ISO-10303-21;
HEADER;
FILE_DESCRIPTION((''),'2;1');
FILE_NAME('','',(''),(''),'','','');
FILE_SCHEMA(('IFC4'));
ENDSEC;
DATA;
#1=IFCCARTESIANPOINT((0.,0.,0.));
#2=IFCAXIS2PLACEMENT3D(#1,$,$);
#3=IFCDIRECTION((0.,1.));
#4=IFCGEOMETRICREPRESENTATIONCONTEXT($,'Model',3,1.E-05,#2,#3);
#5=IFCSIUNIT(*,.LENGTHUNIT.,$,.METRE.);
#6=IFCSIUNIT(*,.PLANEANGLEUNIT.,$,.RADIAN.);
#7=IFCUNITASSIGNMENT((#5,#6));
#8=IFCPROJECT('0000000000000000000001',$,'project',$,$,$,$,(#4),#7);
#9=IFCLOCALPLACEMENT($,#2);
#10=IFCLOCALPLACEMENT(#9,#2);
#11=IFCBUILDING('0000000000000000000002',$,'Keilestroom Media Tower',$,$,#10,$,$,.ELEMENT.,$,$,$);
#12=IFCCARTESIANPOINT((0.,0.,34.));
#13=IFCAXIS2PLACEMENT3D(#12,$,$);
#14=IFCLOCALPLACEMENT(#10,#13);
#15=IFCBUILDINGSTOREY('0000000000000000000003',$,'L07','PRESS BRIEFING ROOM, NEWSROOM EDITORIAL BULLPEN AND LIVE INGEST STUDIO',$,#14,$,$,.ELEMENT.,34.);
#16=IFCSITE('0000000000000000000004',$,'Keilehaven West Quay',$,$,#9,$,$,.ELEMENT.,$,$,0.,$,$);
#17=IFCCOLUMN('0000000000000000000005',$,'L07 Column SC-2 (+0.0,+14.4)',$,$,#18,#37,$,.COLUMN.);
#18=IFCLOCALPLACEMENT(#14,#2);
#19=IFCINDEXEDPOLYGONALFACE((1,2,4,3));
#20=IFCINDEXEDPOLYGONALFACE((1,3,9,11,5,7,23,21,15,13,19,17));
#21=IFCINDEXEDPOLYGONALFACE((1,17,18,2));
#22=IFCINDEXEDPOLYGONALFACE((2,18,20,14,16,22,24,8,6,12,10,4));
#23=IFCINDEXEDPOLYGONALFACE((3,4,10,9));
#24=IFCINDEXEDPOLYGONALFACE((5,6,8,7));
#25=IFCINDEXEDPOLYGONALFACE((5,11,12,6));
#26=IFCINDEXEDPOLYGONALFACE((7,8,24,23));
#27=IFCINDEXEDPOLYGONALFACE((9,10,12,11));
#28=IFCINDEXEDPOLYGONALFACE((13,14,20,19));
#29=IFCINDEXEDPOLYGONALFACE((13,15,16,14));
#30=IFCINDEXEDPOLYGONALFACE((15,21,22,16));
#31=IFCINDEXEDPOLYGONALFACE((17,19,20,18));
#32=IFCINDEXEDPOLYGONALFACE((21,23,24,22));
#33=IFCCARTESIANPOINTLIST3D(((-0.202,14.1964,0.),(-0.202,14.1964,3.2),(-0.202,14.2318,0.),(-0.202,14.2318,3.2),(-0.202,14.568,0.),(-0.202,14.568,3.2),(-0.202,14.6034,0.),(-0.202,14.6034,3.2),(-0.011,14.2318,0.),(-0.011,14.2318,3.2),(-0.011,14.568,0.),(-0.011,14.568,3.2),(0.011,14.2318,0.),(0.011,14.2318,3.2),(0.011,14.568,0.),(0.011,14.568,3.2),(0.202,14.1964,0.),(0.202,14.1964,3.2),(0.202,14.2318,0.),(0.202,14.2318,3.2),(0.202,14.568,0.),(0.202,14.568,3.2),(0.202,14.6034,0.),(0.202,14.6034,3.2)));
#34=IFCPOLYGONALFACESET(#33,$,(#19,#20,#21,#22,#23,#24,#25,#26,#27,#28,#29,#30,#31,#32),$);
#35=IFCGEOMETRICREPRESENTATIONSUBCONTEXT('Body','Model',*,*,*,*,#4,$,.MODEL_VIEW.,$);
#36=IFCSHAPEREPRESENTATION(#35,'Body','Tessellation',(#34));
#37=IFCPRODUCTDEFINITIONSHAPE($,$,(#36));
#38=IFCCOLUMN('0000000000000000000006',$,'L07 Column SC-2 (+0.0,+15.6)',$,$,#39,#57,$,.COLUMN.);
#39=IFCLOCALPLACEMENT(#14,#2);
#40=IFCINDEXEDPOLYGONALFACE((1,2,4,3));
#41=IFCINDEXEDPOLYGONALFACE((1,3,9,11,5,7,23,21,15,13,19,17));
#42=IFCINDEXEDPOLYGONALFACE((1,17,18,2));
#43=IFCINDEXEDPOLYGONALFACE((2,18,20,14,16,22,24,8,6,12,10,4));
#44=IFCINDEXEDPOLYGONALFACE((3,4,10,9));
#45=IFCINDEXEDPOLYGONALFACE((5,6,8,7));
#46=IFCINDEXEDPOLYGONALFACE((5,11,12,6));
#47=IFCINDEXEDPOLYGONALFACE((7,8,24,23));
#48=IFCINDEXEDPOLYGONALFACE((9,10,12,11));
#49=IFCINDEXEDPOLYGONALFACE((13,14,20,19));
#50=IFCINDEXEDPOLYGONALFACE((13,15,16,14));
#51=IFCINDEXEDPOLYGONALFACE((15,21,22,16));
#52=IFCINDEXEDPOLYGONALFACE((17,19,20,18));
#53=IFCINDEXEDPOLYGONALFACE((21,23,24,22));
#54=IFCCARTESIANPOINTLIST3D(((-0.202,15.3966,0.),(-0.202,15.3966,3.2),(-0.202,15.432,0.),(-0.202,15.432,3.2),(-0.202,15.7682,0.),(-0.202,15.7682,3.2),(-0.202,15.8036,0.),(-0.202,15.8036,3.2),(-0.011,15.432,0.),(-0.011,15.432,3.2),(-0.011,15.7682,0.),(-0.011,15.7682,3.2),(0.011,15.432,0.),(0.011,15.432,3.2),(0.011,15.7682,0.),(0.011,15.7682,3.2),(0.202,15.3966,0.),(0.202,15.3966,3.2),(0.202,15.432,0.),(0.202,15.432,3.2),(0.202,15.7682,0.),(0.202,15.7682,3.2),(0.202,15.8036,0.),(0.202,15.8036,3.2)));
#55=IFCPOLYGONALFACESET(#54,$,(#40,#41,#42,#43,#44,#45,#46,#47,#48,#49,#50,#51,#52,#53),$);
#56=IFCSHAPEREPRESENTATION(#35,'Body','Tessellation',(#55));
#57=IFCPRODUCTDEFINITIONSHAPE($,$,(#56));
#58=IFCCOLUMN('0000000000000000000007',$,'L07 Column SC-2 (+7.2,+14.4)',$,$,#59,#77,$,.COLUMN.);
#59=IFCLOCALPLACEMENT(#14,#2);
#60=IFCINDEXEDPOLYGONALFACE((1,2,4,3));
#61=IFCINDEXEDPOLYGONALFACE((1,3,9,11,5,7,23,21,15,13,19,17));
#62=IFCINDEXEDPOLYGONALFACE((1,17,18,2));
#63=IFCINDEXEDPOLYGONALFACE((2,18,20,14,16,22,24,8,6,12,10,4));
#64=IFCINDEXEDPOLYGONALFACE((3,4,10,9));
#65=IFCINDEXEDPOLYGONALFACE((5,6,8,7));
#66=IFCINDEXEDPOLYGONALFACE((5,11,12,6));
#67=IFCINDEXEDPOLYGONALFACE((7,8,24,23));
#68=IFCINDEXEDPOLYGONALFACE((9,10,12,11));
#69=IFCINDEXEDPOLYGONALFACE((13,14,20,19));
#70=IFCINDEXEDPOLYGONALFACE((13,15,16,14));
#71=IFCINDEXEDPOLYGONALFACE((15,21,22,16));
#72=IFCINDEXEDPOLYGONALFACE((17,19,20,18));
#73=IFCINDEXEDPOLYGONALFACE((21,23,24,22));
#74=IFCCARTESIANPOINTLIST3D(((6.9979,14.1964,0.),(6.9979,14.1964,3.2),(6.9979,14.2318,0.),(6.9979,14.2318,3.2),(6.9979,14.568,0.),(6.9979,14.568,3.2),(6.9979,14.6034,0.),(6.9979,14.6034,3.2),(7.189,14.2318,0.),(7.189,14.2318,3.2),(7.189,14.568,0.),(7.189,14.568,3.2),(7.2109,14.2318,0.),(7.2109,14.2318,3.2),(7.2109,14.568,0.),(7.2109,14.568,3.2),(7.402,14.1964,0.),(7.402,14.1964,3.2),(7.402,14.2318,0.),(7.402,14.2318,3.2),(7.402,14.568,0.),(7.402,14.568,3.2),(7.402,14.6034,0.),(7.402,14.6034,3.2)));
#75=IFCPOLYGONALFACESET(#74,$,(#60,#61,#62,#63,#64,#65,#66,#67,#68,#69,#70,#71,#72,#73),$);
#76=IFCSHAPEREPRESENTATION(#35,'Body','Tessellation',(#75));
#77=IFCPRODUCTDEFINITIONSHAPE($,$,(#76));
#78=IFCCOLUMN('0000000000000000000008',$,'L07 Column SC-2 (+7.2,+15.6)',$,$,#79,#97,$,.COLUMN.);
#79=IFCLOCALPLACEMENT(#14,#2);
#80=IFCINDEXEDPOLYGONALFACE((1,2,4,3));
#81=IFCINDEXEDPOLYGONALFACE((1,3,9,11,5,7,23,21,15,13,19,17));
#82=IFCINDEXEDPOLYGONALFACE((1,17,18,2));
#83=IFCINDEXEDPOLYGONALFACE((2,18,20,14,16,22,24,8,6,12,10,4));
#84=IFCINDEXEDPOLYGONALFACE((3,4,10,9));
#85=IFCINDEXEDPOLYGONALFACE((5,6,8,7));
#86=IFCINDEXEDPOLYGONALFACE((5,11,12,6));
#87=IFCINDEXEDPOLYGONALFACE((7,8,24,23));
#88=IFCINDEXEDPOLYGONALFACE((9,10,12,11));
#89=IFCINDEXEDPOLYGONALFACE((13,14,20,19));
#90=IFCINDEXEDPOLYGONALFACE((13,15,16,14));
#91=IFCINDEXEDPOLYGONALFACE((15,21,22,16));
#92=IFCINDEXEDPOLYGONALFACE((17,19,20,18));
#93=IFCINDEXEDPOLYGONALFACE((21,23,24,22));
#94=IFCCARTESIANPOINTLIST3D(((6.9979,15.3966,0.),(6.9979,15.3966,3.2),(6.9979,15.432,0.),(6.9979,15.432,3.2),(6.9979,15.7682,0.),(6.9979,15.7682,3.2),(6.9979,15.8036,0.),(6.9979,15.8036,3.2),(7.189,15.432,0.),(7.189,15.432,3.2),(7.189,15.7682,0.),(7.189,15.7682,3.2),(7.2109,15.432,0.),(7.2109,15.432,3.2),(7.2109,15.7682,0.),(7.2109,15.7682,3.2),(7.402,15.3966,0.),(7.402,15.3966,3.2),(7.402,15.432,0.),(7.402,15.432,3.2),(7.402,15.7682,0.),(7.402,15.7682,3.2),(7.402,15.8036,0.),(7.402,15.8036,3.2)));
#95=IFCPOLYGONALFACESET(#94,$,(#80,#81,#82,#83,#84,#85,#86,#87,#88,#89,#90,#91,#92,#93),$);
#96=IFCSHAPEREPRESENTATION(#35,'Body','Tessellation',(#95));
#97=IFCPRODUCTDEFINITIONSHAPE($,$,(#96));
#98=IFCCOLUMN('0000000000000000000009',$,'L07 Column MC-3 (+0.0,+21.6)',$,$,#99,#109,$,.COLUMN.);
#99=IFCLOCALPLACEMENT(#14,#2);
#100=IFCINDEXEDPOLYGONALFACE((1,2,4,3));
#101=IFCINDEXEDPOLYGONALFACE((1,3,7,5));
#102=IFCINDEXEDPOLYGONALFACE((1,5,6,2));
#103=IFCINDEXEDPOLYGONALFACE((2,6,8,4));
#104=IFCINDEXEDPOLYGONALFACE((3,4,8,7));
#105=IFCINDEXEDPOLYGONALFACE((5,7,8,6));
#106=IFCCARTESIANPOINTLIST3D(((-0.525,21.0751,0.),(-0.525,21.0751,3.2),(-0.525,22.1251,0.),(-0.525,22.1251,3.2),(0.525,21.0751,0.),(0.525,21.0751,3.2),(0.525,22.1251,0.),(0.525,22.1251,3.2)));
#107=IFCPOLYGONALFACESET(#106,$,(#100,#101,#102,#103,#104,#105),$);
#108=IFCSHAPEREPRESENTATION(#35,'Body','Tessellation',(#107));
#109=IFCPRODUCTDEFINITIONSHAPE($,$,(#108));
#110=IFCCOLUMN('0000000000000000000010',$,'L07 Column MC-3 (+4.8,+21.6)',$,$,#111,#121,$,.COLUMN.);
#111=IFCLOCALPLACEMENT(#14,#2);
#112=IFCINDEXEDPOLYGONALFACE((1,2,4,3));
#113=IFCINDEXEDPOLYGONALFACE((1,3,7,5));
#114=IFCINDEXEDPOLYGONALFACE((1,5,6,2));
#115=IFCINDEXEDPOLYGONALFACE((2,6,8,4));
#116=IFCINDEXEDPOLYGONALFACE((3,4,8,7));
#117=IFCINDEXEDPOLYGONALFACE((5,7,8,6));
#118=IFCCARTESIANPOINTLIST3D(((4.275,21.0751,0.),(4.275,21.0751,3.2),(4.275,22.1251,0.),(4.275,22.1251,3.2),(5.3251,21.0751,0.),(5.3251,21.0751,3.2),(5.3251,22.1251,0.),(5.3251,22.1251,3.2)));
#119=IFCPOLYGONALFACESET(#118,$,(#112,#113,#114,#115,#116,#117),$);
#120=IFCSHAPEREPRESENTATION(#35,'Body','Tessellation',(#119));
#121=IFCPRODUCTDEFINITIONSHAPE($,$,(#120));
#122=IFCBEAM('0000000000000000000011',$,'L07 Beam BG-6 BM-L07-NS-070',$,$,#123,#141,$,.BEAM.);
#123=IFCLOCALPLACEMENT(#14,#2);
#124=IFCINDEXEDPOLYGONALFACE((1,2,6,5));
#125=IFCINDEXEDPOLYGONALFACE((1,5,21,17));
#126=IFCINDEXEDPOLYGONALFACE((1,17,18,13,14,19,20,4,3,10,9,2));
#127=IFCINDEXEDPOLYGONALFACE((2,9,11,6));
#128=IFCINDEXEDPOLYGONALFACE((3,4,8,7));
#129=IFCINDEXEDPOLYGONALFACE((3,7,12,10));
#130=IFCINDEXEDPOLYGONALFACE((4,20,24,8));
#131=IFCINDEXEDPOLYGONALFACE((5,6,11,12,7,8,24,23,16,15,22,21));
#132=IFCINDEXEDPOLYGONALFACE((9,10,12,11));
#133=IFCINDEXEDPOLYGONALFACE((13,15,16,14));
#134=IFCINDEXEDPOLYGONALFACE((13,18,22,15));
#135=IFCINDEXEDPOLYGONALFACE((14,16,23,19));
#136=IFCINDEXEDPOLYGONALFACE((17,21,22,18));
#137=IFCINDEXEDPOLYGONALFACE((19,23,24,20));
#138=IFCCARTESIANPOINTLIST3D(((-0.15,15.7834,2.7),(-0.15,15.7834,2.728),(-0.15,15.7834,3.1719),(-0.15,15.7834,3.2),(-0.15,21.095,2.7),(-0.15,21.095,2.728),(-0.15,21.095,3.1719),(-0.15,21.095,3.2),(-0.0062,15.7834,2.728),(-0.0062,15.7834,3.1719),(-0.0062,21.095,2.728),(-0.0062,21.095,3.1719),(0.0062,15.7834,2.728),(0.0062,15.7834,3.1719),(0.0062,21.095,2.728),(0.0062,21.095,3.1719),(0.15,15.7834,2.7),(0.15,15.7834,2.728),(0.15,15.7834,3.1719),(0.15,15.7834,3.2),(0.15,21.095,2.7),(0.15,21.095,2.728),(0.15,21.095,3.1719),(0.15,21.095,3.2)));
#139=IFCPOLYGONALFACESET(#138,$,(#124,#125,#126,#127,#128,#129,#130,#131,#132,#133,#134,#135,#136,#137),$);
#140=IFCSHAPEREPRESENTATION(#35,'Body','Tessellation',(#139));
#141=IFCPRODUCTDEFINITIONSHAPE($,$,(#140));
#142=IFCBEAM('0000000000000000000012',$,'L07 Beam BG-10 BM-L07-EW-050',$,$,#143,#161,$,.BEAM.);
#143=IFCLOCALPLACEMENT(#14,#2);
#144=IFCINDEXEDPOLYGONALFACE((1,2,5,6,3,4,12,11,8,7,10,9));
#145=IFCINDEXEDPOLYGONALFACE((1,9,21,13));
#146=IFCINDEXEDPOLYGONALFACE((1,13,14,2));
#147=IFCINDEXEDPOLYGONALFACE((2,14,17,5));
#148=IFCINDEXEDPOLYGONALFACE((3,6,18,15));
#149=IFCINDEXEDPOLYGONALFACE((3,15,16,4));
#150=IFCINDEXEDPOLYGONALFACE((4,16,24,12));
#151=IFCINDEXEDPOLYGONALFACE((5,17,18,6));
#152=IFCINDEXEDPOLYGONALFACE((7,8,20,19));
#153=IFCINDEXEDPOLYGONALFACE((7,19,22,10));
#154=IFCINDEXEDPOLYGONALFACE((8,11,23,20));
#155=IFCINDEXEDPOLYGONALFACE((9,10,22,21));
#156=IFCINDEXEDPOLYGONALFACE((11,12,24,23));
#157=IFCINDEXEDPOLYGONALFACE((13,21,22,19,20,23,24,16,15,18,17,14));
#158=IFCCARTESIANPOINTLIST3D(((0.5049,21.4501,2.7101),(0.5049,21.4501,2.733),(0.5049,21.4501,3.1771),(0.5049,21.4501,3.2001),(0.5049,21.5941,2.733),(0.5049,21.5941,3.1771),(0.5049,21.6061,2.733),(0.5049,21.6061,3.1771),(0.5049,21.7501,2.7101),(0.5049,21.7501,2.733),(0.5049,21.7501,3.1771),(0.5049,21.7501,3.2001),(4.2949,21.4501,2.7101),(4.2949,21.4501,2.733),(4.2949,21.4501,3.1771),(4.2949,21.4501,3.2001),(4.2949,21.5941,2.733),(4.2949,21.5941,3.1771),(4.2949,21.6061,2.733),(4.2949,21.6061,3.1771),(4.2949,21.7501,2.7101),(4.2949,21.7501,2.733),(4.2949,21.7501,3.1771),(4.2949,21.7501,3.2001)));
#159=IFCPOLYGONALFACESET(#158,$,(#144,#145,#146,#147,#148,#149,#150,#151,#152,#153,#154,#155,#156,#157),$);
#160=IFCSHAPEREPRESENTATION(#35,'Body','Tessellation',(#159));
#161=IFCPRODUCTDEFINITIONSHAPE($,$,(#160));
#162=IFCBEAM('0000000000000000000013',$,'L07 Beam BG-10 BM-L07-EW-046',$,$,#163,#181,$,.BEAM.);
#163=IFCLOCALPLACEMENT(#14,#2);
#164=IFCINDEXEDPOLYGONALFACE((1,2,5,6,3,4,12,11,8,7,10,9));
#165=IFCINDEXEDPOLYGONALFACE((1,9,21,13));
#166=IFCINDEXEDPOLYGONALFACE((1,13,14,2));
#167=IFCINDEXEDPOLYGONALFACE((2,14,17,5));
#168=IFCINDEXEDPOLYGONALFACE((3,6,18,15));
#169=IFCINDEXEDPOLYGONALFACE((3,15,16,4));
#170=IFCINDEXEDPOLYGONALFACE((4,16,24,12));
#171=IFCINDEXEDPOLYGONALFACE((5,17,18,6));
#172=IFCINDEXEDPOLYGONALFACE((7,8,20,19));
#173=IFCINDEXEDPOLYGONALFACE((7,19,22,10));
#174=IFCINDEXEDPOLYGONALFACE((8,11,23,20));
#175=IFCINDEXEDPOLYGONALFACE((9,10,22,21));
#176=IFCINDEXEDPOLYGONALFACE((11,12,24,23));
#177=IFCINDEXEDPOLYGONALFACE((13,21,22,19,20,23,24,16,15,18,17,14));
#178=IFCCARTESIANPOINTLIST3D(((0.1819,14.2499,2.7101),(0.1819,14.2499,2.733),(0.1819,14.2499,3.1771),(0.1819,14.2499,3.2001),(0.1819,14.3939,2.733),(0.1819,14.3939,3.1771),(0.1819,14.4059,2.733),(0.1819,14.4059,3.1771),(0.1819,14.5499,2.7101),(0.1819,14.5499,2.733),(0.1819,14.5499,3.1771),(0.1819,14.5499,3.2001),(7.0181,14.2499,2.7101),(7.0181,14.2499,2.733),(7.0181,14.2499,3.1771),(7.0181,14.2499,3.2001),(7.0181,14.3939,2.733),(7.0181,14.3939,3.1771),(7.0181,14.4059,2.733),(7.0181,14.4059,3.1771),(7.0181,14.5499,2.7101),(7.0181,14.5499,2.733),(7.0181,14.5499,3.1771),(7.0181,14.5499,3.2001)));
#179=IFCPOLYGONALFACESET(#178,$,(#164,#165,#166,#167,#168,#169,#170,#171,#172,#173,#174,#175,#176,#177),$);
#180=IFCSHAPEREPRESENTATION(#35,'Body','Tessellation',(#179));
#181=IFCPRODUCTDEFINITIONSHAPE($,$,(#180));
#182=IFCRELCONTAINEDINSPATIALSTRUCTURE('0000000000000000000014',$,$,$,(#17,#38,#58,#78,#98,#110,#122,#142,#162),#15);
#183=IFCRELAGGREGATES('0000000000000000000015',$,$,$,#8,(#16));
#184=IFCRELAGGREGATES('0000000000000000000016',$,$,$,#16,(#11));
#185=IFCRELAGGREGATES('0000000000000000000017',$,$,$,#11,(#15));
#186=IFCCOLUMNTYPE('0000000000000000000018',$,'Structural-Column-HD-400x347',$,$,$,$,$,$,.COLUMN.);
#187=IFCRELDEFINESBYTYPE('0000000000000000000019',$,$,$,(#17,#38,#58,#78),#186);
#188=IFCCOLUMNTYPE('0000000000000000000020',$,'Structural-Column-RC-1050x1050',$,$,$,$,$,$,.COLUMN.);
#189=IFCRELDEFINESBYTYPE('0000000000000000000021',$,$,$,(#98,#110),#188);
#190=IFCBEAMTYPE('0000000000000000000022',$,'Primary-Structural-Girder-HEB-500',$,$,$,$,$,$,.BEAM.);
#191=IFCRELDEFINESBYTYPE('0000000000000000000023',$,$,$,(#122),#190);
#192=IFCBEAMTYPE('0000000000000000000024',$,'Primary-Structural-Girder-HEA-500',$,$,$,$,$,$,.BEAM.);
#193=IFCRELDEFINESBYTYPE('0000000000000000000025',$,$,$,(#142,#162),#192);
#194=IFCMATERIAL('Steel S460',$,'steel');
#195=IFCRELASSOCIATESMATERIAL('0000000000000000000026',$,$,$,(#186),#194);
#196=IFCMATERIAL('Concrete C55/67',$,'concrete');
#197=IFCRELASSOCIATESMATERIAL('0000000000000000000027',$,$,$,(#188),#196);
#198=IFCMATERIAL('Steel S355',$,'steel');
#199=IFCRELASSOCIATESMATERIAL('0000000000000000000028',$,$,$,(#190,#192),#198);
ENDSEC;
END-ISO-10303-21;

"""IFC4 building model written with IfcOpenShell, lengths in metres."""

from ifc_helpers import new_model, si_unit, direction, frame, origin, origin_2d, place, context, subcontext, project, spatial, rectangle, i_section, extrude, source, transform, mapped, material, material_profile, profile_set, type_object, element, save


model = new_model("IFC4")

# Units and contexts
model_context = context("Model", 3, precision=1e-05, world=origin(), true_north=direction((0.0, 1.0)))
body_context = subcontext(model_context, "Body", "Model", "MODEL_VIEW")
ifc_project = project(units=[si_unit("LENGTHUNIT", "METRE"), si_unit("PLANEANGLEUNIT", "RADIAN")], contexts=[model_context])

# Site, building, storey
site_placement = place(None, origin())
site = spatial("IfcSite", under=ifc_project, at=site_placement, Name="Keilehaven West Quay", CompositionType="ELEMENT", RefElevation=0.0)
building_placement = place(site_placement, origin())
building = spatial("IfcBuilding", under=site, at=building_placement, Name="Keilestroom Media Tower", CompositionType="ELEMENT")
storey_placement = place(building_placement, frame((0.0, 0.0, 34.0)))
storey = spatial("IfcBuildingStorey", under=building, at=storey_placement, Name="L07", Description="PRESS BRIEFING ROOM, NEWSROOM EDITORIAL BULLPEN AND LIVE INGEST STUDIO", CompositionType="ELEMENT", Elevation=34.0)

# Columns
ifc_material_1 = material(Name="Steel S460", Category="steel")
ifc_material_profile_1 = material_profile(ifc_material_1, i_section(OverallWidth=0.4041, OverallDepth=0.407, WebThickness=0.022, FlangeThickness=0.0354, at=origin_2d()), Name="HD 400x347")
ifc_profile_set_1 = profile_set([ifc_material_profile_1], Name="Steel S460")
column_type_1 = type_object("IfcColumnType", Name="Structural-Column-HD-400x347", PredefinedType="COLUMN", material=ifc_profile_set_1)
shared_shape_1 = source(origin(), body_context, "Body", "SweptSolid", [
    extrude(i_section(OverallWidth=0.4041, OverallDepth=0.407, WebThickness=0.022, FlangeThickness=0.0354, at=origin_2d()), origin(), (0.0, 0.0, 1.0), 3.2),
])
for number, where, z_axis, x_axis, name in (
    (1, (0.0, 14.3999, 0.0), (0.0, 0.0, 1.0), (1.0, 0.0, 0.0), "L07 Column SC-2 (+0.0,+14.4)"),
    (2, (0.0, 15.6001, 0.0), (0.0, 0.0, 1.0), (1.0, 0.0, 0.0), "L07 Column SC-2 (+0.0,+15.6)"),
    (3, (7.2, 14.3999, 0.0), (0.0, 0.0, 1.0), (1.0, 0.0, 0.0), "L07 Column SC-2 (+7.2,+14.4)"),
    (4, (7.2, 15.6001, 0.0), (0.0, 0.0, 1.0), (1.0, 0.0, 0.0), "L07 Column SC-2 (+7.2,+15.6)"),
):
    element("IfcColumn", number, at=place(storey_placement, frame(where, z_axis=z_axis, x_axis=x_axis)), inside=storey, type_object=column_type_1, Name=name, PredefinedType="COLUMN", context=body_context, shape_type="MappedRepresentation", body=[
        mapped(shared_shape_1, transform((0.0, 0.0, 0.0), x_axis=(1.0, 0.0, 0.0), y_axis=(0.0, 1.0, 0.0), z_axis=(0.0, 0.0, 1.0), scale=1.0)),
    ])
ifc_material_2 = material(Name="Concrete C55/67", Category="concrete")
ifc_material_profile_2 = material_profile(ifc_material_2, rectangle(XDim=1.05, YDim=1.05, at=origin_2d()), Name="RC 1050x1050")
ifc_profile_set_2 = profile_set([ifc_material_profile_2], Name="Concrete C55/67")
column_type_2 = type_object("IfcColumnType", Name="Structural-Column-RC-1050x1050", PredefinedType="COLUMN", material=ifc_profile_set_2)
shared_shape_2 = source(origin(), body_context, "Body", "SweptSolid", [
    extrude(rectangle(XDim=1.05, YDim=1.05, at=origin_2d()), origin(), (0.0, 0.0, 1.0), 3.2),
])
for number, where, z_axis, x_axis, name in (
    (5, (0.0, 21.6001, 0.0), (0.0, 0.0, 1.0), (1.0, 0.0, 0.0), "L07 Column MC-3 (+0.0,+21.6)"),
    (6, (4.8, 21.6001, 0.0), (0.0, 0.0, 1.0), (1.0, 0.0, 0.0), "L07 Column MC-3 (+4.8,+21.6)"),
):
    element("IfcColumn", number, at=place(storey_placement, frame(where, z_axis=z_axis, x_axis=x_axis)), inside=storey, type_object=column_type_2, Name=name, PredefinedType="COLUMN", context=body_context, shape_type="MappedRepresentation", body=[
        mapped(shared_shape_2, transform((0.0, 0.0, 0.0), x_axis=(1.0, 0.0, 0.0), y_axis=(0.0, 1.0, 0.0), z_axis=(0.0, 0.0, 1.0), scale=1.0)),
    ])

# Beams
ifc_material_3 = material(Name="Steel S355", Category="steel")
ifc_material_profile_3 = material_profile(ifc_material_3, i_section(OverallWidth=0.3, OverallDepth=0.5, WebThickness=0.0125, FlangeThickness=0.0281, at=origin_2d()), Name="HEB 500")
ifc_profile_set_3 = profile_set([ifc_material_profile_3], Name="Steel S355")
beam_type_1 = type_object("IfcBeamType", Name="Primary-Structural-Girder-HEB-500", PredefinedType="BEAM", material=ifc_profile_set_3)
shared_shape_3 = source(origin(), body_context, "Body", "SweptSolid", [
    extrude(i_section(OverallWidth=0.3, OverallDepth=0.5, WebThickness=0.0125, FlangeThickness=0.0281, at=origin_2d()), origin(), (0.0, 0.0, 1.0), 5.3115),
])
beam_1_placement = place(storey_placement, frame((0.0, 15.7834, 2.95), z_axis=(0.0, 1.0, 0.0), x_axis=(-1.0, 0.0, 0.0)))
element("IfcBeam", 7, at=beam_1_placement, inside=storey, type_object=beam_type_1, Name="L07 Beam BG-6 BM-L07-NS-070", PredefinedType="BEAM", context=body_context, shape_type="MappedRepresentation", body=[
    mapped(shared_shape_3, transform((0.0, 0.0, 0.0), x_axis=(1.0, 0.0, 0.0), y_axis=(0.0, 1.0, 0.0), z_axis=(0.0, 0.0, 1.0), scale=1.0)),
])
ifc_material_profile_4 = material_profile(ifc_material_3, i_section(OverallWidth=0.3, OverallDepth=0.49, WebThickness=0.012, FlangeThickness=0.0229, at=origin_2d()), Name="HEA 500")
ifc_profile_set_4 = profile_set([ifc_material_profile_4], Name="Steel S355")
beam_type_2 = type_object("IfcBeamType", Name="Primary-Structural-Girder-HEA-500", PredefinedType="BEAM", material=ifc_profile_set_4)
shared_shape_4 = source(origin(), body_context, "Body", "SweptSolid", [
    extrude(i_section(OverallWidth=0.3, OverallDepth=0.49, WebThickness=0.012, FlangeThickness=0.0229, at=origin_2d()), origin(), (0.0, 0.0, 1.0), 3.79),
])
beam_2_placement = place(storey_placement, frame((0.5049, 21.6001, 2.9551), z_axis=(1.0, 0.0, 0.0), x_axis=(0.0, 1.0, 0.0)))
element("IfcBeam", 8, at=beam_2_placement, inside=storey, type_object=beam_type_2, Name="L07 Beam BG-10 BM-L07-EW-050", PredefinedType="BEAM", context=body_context, shape_type="MappedRepresentation", body=[
    mapped(shared_shape_4, transform((0.0, 0.0, 0.0), x_axis=(1.0, 0.0, 0.0), y_axis=(0.0, 1.0, 0.0), z_axis=(0.0, 0.0, 1.0), scale=1.0)),
])
shared_shape_5 = source(origin(), body_context, "Body", "SweptSolid", [
    extrude(i_section(OverallWidth=0.3, OverallDepth=0.49, WebThickness=0.012, FlangeThickness=0.0229, at=origin_2d()), origin(), (0.0, 0.0, 1.0), 6.8362),
])
for number, where, z_axis, x_axis, name in (
    (9, (0.1819, 14.3999, 2.9551), (1.0, 0.0, 0.0), (0.0, 1.0, 0.0), "L07 Beam BG-10 BM-L07-EW-046"),
):
    element("IfcBeam", number, at=place(storey_placement, frame(where, z_axis=z_axis, x_axis=x_axis)), inside=storey, type_object=beam_type_2, Name=name, PredefinedType="BEAM", context=body_context, shape_type="MappedRepresentation", body=[
        mapped(shared_shape_5, transform((0.0, 0.0, 0.0), x_axis=(1.0, 0.0, 0.0), y_axis=(0.0, 1.0, 0.0), z_axis=(0.0, 0.0, 1.0), scale=1.0)),
    ])

save(model, "model.ifc")
